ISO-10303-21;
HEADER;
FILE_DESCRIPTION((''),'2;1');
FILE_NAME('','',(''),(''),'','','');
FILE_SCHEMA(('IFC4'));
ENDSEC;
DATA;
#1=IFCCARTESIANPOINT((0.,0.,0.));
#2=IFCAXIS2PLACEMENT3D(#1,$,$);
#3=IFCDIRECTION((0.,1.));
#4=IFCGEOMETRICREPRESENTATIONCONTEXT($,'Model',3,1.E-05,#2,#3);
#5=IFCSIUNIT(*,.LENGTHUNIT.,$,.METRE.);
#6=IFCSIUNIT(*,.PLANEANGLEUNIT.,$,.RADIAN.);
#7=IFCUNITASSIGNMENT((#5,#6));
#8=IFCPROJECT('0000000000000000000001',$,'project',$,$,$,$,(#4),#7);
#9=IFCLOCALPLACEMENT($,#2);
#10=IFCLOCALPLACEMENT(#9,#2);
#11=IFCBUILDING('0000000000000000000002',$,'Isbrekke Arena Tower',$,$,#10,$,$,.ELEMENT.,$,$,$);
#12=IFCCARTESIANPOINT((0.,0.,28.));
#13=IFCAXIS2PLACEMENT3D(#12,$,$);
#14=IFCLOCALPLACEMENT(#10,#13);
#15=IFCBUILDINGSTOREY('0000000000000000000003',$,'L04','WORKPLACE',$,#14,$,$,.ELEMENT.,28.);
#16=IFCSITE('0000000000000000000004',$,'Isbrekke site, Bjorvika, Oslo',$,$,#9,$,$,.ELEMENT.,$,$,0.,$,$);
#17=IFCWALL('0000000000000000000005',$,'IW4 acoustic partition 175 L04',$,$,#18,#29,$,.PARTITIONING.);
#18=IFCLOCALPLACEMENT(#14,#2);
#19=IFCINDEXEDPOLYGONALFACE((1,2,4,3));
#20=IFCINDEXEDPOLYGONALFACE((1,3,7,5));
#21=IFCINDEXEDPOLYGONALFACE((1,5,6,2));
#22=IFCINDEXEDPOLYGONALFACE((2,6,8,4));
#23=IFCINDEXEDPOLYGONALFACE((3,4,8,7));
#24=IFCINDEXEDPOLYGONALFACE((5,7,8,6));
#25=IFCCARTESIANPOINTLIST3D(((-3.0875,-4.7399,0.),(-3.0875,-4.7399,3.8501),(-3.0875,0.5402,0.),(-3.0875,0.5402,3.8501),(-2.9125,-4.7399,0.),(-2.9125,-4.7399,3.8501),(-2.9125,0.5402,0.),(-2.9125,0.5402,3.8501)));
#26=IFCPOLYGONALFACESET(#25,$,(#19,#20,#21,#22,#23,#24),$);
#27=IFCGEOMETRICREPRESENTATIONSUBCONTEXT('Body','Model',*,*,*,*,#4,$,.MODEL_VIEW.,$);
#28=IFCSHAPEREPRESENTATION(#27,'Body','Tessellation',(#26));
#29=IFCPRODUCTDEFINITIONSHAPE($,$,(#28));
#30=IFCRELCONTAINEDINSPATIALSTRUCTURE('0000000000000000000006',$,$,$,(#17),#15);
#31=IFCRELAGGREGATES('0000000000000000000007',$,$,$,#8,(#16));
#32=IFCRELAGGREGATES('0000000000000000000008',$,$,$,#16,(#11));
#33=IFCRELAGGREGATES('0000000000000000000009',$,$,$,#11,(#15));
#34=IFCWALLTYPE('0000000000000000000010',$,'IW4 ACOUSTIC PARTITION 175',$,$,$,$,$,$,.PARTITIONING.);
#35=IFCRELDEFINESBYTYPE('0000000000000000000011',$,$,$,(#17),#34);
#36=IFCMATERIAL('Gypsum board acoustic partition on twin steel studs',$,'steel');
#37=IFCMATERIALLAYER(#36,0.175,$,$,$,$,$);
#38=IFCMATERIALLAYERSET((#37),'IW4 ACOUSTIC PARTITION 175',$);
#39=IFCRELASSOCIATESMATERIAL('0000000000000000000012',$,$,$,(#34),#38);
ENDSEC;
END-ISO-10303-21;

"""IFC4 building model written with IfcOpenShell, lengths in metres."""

from ifc_helpers import new_model, si_unit, direction, frame, frame_2d, origin, place, context, subcontext, project, spatial, rectangle, extrude, material, layer, layer_set, type_object, element, save


model = new_model("IFC4")

# Units and contexts
model_context = context("Model", 3, precision=1e-05, world=origin(), true_north=direction((0.0, 1.0)))
body_context = subcontext(model_context, "Body", "Model", "MODEL_VIEW")
ifc_project = project(units=[si_unit("LENGTHUNIT", "METRE"), si_unit("PLANEANGLEUNIT", "RADIAN")], contexts=[model_context])

# Site, building, storey
site_placement = place(None, origin())
site = spatial("IfcSite", under=ifc_project, at=site_placement, Name="Isbrekke site, Bjorvika, Oslo", CompositionType="ELEMENT", RefElevation=0.0)
building_placement = place(site_placement, origin())
building = spatial("IfcBuilding", under=site, at=building_placement, Name="Isbrekke Arena Tower", CompositionType="ELEMENT")
storey_placement = place(building_placement, frame((0.0, 0.0, 28.0)))
storey = spatial("IfcBuildingStorey", under=building, at=storey_placement, Name="L04", Description="WORKPLACE", CompositionType="ELEMENT", Elevation=28.0)

# Wall
ifc_material_1 = material(Name="Gypsum board acoustic partition on twin steel studs", Category="steel")
ifc_layer_1 = layer(ifc_material_1, 0.175)
ifc_layer_set_1 = layer_set([ifc_layer_1], Name="IW4 ACOUSTIC PARTITION 175")
wall_type_1 = type_object("IfcWallType", Name="IW4 ACOUSTIC PARTITION 175", PredefinedType="PARTITIONING", material=ifc_layer_set_1)
wall_1_placement = place(storey_placement, frame((-3.0, -4.74, 0.0), z_axis=(0.0, 0.0, 1.0), x_axis=(0.0, 1.0, 0.0)))
element("IfcWall", 1, at=wall_1_placement, inside=storey, type_object=wall_type_1, Name="IW4 acoustic partition 175 L04", PredefinedType="PARTITIONING", context=body_context, shape_type="SweptSolid", body=[
    extrude(rectangle(XDim=5.28, YDim=0.175, at=frame_2d((2.6401, 0.0))), origin(), (0.0, 0.0, 1.0), 3.8501),
])

save(model, "model.ifc")
